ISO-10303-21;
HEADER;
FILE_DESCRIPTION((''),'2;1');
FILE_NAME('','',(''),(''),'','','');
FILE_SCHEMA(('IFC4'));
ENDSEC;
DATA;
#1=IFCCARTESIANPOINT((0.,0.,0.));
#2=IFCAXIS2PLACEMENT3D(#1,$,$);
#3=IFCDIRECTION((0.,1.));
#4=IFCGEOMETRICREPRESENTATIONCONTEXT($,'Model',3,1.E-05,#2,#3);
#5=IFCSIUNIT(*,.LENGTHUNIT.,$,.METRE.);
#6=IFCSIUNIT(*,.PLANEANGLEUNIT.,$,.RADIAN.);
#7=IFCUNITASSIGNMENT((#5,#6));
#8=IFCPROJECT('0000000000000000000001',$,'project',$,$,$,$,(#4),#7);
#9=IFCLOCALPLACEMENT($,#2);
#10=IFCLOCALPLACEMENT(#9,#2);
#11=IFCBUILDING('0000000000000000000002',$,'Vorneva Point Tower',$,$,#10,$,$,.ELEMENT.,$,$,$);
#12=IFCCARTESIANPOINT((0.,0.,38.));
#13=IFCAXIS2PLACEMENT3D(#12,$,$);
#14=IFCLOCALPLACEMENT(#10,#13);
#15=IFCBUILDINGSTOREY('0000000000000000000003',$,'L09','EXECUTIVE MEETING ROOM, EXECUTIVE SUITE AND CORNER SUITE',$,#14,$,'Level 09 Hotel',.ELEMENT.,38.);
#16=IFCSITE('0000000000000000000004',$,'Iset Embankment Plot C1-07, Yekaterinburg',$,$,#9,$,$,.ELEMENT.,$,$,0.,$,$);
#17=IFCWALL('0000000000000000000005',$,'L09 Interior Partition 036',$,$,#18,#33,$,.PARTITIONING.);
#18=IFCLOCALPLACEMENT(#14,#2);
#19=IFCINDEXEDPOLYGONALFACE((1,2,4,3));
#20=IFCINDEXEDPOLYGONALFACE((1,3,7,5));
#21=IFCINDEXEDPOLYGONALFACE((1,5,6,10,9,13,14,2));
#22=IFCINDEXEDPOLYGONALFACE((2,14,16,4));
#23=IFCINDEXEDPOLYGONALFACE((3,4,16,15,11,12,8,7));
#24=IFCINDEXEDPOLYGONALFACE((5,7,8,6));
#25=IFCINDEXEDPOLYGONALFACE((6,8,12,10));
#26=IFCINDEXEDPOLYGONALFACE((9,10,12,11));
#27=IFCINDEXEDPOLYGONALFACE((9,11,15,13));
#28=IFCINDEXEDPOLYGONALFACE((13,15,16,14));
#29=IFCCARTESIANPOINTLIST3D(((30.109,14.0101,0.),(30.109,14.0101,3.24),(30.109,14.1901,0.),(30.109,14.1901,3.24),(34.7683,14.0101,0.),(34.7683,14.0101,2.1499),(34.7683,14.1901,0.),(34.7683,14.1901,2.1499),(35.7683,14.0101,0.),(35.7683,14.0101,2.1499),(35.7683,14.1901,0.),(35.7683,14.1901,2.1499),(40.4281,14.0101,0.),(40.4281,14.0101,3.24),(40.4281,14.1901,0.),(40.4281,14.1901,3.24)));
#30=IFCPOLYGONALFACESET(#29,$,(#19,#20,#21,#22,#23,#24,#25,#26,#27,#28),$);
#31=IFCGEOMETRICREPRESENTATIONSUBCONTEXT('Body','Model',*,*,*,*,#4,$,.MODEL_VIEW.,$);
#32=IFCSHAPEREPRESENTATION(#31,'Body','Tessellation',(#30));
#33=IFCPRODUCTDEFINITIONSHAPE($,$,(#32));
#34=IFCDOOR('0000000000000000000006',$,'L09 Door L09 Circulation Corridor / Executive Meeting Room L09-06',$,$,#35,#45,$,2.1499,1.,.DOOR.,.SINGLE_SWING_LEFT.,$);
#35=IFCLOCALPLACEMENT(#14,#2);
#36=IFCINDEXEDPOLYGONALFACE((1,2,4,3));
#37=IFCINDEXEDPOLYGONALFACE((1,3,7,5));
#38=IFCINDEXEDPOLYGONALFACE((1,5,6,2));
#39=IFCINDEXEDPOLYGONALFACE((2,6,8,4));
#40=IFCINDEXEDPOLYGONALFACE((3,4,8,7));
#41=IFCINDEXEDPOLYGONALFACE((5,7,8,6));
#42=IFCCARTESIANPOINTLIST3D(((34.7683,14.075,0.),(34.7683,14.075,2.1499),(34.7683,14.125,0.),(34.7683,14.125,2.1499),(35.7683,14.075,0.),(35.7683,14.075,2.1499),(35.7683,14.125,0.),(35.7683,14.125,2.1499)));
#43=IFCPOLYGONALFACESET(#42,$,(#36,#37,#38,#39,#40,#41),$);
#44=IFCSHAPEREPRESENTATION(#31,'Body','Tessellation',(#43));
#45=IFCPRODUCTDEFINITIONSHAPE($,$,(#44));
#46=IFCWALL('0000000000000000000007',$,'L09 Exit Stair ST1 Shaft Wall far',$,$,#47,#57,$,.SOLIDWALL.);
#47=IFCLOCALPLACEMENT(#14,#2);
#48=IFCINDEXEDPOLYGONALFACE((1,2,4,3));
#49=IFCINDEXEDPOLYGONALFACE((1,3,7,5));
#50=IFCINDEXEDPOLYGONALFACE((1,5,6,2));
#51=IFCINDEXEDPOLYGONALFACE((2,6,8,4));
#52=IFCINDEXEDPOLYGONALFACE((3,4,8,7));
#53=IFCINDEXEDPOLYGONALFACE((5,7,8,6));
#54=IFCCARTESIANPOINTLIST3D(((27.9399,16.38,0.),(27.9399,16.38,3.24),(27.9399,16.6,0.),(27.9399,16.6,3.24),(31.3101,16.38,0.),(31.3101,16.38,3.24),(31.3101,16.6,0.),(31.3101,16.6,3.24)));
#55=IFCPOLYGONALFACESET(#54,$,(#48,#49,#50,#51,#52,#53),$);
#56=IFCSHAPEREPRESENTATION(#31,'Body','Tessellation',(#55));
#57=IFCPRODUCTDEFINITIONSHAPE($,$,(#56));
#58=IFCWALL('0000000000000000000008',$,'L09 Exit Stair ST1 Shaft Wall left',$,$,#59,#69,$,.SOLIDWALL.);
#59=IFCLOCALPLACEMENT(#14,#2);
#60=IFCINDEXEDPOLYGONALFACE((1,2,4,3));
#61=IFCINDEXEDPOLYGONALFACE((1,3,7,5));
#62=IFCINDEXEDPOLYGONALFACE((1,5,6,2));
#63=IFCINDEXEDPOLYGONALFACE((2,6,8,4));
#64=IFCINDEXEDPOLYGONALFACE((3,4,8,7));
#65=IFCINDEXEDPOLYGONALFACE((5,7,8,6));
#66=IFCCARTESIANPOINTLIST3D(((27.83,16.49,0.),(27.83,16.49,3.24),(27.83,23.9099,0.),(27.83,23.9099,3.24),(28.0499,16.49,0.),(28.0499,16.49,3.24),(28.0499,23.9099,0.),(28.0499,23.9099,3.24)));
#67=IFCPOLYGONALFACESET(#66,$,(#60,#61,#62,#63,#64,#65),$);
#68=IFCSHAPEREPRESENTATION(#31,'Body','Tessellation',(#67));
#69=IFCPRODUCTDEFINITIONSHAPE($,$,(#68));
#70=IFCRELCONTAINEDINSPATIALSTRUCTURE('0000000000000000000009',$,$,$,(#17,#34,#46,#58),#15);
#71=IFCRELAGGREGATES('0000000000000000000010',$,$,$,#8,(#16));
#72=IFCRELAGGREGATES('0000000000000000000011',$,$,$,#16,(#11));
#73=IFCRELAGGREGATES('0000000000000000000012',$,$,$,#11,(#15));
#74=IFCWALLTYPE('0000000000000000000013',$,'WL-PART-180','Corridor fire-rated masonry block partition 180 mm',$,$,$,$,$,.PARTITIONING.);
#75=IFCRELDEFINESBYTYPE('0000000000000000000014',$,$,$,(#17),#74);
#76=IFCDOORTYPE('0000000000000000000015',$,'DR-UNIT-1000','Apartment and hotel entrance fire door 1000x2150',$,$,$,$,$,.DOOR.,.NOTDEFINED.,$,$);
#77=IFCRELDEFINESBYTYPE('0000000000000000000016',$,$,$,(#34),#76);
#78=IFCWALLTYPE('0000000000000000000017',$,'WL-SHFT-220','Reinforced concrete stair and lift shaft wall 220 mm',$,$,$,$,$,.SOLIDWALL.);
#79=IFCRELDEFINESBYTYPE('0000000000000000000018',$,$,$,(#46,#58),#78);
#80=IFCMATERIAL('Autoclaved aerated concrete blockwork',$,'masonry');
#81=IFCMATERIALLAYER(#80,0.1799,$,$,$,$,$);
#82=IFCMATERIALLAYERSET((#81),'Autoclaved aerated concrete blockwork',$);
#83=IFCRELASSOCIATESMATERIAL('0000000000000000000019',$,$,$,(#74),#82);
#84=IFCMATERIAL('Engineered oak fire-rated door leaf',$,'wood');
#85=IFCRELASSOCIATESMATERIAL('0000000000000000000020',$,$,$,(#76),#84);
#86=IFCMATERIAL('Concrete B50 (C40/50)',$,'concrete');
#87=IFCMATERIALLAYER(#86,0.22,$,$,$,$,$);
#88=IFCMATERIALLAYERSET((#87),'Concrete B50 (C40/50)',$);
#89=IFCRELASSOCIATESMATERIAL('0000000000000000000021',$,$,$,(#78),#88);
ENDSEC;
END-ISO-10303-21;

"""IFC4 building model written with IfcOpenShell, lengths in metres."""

from ifc_helpers import new_model, si_unit, direction, frame, frame_2d, origin, place, context, subcontext, project, spatial, rectangle, extrude, material, layer, layer_set, type_object, element, fill, save


model = new_model("IFC4")

# Units and contexts
model_context = context("Model", 3, precision=1e-05, world=origin(), true_north=direction((0.0, 1.0)))
body_context = subcontext(model_context, "Body", "Model", "MODEL_VIEW")
ifc_project = project(units=[si_unit("LENGTHUNIT", "METRE"), si_unit("PLANEANGLEUNIT", "RADIAN")], contexts=[model_context])

# Site, building, storey
site_placement = place(None, origin())
site = spatial("IfcSite", under=ifc_project, at=site_placement, Name="Iset Embankment Plot C1-07, Yekaterinburg", CompositionType="ELEMENT", RefElevation=0.0)
building_placement = place(site_placement, origin())
building = spatial("IfcBuilding", under=site, at=building_placement, Name="Vorneva Point Tower", CompositionType="ELEMENT")
storey_placement = place(building_placement, frame((0.0, 0.0, 38.0)))
storey = spatial("IfcBuildingStorey", under=building, at=storey_placement, Name="L09", Description="EXECUTIVE MEETING ROOM, EXECUTIVE SUITE AND CORNER SUITE", LongName="Level 09 Hotel", CompositionType="ELEMENT", Elevation=38.0)

# Wall, opening, door
ifc_material_1 = material(Name="Autoclaved aerated concrete blockwork", Category="masonry")
ifc_layer_1 = layer(ifc_material_1, 0.1799)
ifc_layer_set_1 = layer_set([ifc_layer_1], Name="Autoclaved aerated concrete blockwork")
wall_type_1 = type_object("IfcWallType", Name="WL-PART-180", Description="Corridor fire-rated masonry block partition 180 mm", PredefinedType="PARTITIONING", material=ifc_layer_set_1)
ifc_material_2 = material(Name="Engineered oak fire-rated door leaf", Category="wood")
wall_1_placement = place(storey_placement, frame((30.1089, 14.1001, 0.0), z_axis=(0.0, 0.0, 1.0), x_axis=(1.0, 0.0, 0.0)))
wall_1 = element("IfcWall", 1, at=wall_1_placement, inside=storey, type_object=wall_type_1, Name="L09 Interior Partition 036", PredefinedType="PARTITIONING", context=body_context, shape_type="SweptSolid", body=[
    extrude(rectangle(XDim=10.3191, YDim=0.1799, at=frame_2d((5.1597, 0.0))), origin(), (0.0, 0.0, 1.0), 3.24),
])
opening_1_placement = place(wall_1_placement, frame((4.6594, 0.0, 0.0)))
opening_1 = element("IfcOpeningElement", 2, at=opening_1_placement, cuts=wall_1, PredefinedType="OPENING", context=body_context, shape_type="SweptSolid", body=[
    extrude(rectangle(XDim=1.0, YDim=2.1499, at=frame_2d((0.5, 1.075))), frame((0.0, 0.105, 0.0), z_axis=(0.0, -1.0, 0.0), x_axis=(1.0, 0.0, 0.0)), (0.0, 0.0, 1.0), 0.2097),
])
door_type_1 = type_object("IfcDoorType", Name="DR-UNIT-1000", Description="Apartment and hotel entrance fire door 1000x2150", OperationType="NOTDEFINED", PredefinedType="DOOR", material=ifc_material_2)
door_1_placement = place(opening_1_placement, origin())
door_1 = element("IfcDoor", 3, at=door_1_placement, inside=storey, type_object=door_type_1, Name="L09 Door L09 Circulation Corridor / Executive Meeting Room L09-06", OperationType="SINGLE_SWING_LEFT", OverallHeight=2.1499, OverallWidth=1.0, PredefinedType="DOOR", context=body_context, shape_type="SweptSolid", body=[
    extrude(rectangle(XDim=1.0, YDim=2.1499, at=frame_2d((0.5, 1.075))), frame((0.0, 0.0249, 0.0), z_axis=(0.0, -1.0, 0.0), x_axis=(1.0, 0.0, 0.0)), (0.0, 0.0, 1.0), 0.05),
])
fill(opening_1, door_1)

# Walls
ifc_material_3 = material(Name="Concrete B50 (C40/50)", Category="concrete")
ifc_layer_2 = layer(ifc_material_3, 0.22)
ifc_layer_set_2 = layer_set([ifc_layer_2], Name="Concrete B50 (C40/50)")
wall_type_2 = type_object("IfcWallType", Name="WL-SHFT-220", Description="Reinforced concrete stair and lift shaft wall 220 mm", PredefinedType="SOLIDWALL", material=ifc_layer_set_2)
wall_2_placement = place(storey_placement, frame((31.3101, 16.49, 0.0), z_axis=(0.0, 0.0, 1.0), x_axis=(-1.0, 0.0, 0.0)))
element("IfcWall", 4, at=wall_2_placement, inside=storey, type_object=wall_type_2, Name="L09 Exit Stair ST1 Shaft Wall far", PredefinedType="SOLIDWALL", context=body_context, shape_type="SweptSolid", body=[
    extrude(rectangle(XDim=3.3701, YDim=0.22, at=frame_2d((1.6851, 0.0))), origin(), (0.0, 0.0, 1.0), 3.24),
])
wall_3_placement = place(storey_placement, frame((27.9399, 16.49, 0.0), z_axis=(0.0, 0.0, 1.0), x_axis=(0.0, 1.0, 0.0)))
element("IfcWall", 5, at=wall_3_placement, inside=storey, type_object=wall_type_2, Name="L09 Exit Stair ST1 Shaft Wall left", PredefinedType="SOLIDWALL", context=body_context, shape_type="SweptSolid", body=[
    extrude(rectangle(XDim=7.4199, YDim=0.22, at=frame_2d((3.71, 0.0))), origin(), (0.0, 0.0, 1.0), 3.24),
])

save(model, "model.ifc")
